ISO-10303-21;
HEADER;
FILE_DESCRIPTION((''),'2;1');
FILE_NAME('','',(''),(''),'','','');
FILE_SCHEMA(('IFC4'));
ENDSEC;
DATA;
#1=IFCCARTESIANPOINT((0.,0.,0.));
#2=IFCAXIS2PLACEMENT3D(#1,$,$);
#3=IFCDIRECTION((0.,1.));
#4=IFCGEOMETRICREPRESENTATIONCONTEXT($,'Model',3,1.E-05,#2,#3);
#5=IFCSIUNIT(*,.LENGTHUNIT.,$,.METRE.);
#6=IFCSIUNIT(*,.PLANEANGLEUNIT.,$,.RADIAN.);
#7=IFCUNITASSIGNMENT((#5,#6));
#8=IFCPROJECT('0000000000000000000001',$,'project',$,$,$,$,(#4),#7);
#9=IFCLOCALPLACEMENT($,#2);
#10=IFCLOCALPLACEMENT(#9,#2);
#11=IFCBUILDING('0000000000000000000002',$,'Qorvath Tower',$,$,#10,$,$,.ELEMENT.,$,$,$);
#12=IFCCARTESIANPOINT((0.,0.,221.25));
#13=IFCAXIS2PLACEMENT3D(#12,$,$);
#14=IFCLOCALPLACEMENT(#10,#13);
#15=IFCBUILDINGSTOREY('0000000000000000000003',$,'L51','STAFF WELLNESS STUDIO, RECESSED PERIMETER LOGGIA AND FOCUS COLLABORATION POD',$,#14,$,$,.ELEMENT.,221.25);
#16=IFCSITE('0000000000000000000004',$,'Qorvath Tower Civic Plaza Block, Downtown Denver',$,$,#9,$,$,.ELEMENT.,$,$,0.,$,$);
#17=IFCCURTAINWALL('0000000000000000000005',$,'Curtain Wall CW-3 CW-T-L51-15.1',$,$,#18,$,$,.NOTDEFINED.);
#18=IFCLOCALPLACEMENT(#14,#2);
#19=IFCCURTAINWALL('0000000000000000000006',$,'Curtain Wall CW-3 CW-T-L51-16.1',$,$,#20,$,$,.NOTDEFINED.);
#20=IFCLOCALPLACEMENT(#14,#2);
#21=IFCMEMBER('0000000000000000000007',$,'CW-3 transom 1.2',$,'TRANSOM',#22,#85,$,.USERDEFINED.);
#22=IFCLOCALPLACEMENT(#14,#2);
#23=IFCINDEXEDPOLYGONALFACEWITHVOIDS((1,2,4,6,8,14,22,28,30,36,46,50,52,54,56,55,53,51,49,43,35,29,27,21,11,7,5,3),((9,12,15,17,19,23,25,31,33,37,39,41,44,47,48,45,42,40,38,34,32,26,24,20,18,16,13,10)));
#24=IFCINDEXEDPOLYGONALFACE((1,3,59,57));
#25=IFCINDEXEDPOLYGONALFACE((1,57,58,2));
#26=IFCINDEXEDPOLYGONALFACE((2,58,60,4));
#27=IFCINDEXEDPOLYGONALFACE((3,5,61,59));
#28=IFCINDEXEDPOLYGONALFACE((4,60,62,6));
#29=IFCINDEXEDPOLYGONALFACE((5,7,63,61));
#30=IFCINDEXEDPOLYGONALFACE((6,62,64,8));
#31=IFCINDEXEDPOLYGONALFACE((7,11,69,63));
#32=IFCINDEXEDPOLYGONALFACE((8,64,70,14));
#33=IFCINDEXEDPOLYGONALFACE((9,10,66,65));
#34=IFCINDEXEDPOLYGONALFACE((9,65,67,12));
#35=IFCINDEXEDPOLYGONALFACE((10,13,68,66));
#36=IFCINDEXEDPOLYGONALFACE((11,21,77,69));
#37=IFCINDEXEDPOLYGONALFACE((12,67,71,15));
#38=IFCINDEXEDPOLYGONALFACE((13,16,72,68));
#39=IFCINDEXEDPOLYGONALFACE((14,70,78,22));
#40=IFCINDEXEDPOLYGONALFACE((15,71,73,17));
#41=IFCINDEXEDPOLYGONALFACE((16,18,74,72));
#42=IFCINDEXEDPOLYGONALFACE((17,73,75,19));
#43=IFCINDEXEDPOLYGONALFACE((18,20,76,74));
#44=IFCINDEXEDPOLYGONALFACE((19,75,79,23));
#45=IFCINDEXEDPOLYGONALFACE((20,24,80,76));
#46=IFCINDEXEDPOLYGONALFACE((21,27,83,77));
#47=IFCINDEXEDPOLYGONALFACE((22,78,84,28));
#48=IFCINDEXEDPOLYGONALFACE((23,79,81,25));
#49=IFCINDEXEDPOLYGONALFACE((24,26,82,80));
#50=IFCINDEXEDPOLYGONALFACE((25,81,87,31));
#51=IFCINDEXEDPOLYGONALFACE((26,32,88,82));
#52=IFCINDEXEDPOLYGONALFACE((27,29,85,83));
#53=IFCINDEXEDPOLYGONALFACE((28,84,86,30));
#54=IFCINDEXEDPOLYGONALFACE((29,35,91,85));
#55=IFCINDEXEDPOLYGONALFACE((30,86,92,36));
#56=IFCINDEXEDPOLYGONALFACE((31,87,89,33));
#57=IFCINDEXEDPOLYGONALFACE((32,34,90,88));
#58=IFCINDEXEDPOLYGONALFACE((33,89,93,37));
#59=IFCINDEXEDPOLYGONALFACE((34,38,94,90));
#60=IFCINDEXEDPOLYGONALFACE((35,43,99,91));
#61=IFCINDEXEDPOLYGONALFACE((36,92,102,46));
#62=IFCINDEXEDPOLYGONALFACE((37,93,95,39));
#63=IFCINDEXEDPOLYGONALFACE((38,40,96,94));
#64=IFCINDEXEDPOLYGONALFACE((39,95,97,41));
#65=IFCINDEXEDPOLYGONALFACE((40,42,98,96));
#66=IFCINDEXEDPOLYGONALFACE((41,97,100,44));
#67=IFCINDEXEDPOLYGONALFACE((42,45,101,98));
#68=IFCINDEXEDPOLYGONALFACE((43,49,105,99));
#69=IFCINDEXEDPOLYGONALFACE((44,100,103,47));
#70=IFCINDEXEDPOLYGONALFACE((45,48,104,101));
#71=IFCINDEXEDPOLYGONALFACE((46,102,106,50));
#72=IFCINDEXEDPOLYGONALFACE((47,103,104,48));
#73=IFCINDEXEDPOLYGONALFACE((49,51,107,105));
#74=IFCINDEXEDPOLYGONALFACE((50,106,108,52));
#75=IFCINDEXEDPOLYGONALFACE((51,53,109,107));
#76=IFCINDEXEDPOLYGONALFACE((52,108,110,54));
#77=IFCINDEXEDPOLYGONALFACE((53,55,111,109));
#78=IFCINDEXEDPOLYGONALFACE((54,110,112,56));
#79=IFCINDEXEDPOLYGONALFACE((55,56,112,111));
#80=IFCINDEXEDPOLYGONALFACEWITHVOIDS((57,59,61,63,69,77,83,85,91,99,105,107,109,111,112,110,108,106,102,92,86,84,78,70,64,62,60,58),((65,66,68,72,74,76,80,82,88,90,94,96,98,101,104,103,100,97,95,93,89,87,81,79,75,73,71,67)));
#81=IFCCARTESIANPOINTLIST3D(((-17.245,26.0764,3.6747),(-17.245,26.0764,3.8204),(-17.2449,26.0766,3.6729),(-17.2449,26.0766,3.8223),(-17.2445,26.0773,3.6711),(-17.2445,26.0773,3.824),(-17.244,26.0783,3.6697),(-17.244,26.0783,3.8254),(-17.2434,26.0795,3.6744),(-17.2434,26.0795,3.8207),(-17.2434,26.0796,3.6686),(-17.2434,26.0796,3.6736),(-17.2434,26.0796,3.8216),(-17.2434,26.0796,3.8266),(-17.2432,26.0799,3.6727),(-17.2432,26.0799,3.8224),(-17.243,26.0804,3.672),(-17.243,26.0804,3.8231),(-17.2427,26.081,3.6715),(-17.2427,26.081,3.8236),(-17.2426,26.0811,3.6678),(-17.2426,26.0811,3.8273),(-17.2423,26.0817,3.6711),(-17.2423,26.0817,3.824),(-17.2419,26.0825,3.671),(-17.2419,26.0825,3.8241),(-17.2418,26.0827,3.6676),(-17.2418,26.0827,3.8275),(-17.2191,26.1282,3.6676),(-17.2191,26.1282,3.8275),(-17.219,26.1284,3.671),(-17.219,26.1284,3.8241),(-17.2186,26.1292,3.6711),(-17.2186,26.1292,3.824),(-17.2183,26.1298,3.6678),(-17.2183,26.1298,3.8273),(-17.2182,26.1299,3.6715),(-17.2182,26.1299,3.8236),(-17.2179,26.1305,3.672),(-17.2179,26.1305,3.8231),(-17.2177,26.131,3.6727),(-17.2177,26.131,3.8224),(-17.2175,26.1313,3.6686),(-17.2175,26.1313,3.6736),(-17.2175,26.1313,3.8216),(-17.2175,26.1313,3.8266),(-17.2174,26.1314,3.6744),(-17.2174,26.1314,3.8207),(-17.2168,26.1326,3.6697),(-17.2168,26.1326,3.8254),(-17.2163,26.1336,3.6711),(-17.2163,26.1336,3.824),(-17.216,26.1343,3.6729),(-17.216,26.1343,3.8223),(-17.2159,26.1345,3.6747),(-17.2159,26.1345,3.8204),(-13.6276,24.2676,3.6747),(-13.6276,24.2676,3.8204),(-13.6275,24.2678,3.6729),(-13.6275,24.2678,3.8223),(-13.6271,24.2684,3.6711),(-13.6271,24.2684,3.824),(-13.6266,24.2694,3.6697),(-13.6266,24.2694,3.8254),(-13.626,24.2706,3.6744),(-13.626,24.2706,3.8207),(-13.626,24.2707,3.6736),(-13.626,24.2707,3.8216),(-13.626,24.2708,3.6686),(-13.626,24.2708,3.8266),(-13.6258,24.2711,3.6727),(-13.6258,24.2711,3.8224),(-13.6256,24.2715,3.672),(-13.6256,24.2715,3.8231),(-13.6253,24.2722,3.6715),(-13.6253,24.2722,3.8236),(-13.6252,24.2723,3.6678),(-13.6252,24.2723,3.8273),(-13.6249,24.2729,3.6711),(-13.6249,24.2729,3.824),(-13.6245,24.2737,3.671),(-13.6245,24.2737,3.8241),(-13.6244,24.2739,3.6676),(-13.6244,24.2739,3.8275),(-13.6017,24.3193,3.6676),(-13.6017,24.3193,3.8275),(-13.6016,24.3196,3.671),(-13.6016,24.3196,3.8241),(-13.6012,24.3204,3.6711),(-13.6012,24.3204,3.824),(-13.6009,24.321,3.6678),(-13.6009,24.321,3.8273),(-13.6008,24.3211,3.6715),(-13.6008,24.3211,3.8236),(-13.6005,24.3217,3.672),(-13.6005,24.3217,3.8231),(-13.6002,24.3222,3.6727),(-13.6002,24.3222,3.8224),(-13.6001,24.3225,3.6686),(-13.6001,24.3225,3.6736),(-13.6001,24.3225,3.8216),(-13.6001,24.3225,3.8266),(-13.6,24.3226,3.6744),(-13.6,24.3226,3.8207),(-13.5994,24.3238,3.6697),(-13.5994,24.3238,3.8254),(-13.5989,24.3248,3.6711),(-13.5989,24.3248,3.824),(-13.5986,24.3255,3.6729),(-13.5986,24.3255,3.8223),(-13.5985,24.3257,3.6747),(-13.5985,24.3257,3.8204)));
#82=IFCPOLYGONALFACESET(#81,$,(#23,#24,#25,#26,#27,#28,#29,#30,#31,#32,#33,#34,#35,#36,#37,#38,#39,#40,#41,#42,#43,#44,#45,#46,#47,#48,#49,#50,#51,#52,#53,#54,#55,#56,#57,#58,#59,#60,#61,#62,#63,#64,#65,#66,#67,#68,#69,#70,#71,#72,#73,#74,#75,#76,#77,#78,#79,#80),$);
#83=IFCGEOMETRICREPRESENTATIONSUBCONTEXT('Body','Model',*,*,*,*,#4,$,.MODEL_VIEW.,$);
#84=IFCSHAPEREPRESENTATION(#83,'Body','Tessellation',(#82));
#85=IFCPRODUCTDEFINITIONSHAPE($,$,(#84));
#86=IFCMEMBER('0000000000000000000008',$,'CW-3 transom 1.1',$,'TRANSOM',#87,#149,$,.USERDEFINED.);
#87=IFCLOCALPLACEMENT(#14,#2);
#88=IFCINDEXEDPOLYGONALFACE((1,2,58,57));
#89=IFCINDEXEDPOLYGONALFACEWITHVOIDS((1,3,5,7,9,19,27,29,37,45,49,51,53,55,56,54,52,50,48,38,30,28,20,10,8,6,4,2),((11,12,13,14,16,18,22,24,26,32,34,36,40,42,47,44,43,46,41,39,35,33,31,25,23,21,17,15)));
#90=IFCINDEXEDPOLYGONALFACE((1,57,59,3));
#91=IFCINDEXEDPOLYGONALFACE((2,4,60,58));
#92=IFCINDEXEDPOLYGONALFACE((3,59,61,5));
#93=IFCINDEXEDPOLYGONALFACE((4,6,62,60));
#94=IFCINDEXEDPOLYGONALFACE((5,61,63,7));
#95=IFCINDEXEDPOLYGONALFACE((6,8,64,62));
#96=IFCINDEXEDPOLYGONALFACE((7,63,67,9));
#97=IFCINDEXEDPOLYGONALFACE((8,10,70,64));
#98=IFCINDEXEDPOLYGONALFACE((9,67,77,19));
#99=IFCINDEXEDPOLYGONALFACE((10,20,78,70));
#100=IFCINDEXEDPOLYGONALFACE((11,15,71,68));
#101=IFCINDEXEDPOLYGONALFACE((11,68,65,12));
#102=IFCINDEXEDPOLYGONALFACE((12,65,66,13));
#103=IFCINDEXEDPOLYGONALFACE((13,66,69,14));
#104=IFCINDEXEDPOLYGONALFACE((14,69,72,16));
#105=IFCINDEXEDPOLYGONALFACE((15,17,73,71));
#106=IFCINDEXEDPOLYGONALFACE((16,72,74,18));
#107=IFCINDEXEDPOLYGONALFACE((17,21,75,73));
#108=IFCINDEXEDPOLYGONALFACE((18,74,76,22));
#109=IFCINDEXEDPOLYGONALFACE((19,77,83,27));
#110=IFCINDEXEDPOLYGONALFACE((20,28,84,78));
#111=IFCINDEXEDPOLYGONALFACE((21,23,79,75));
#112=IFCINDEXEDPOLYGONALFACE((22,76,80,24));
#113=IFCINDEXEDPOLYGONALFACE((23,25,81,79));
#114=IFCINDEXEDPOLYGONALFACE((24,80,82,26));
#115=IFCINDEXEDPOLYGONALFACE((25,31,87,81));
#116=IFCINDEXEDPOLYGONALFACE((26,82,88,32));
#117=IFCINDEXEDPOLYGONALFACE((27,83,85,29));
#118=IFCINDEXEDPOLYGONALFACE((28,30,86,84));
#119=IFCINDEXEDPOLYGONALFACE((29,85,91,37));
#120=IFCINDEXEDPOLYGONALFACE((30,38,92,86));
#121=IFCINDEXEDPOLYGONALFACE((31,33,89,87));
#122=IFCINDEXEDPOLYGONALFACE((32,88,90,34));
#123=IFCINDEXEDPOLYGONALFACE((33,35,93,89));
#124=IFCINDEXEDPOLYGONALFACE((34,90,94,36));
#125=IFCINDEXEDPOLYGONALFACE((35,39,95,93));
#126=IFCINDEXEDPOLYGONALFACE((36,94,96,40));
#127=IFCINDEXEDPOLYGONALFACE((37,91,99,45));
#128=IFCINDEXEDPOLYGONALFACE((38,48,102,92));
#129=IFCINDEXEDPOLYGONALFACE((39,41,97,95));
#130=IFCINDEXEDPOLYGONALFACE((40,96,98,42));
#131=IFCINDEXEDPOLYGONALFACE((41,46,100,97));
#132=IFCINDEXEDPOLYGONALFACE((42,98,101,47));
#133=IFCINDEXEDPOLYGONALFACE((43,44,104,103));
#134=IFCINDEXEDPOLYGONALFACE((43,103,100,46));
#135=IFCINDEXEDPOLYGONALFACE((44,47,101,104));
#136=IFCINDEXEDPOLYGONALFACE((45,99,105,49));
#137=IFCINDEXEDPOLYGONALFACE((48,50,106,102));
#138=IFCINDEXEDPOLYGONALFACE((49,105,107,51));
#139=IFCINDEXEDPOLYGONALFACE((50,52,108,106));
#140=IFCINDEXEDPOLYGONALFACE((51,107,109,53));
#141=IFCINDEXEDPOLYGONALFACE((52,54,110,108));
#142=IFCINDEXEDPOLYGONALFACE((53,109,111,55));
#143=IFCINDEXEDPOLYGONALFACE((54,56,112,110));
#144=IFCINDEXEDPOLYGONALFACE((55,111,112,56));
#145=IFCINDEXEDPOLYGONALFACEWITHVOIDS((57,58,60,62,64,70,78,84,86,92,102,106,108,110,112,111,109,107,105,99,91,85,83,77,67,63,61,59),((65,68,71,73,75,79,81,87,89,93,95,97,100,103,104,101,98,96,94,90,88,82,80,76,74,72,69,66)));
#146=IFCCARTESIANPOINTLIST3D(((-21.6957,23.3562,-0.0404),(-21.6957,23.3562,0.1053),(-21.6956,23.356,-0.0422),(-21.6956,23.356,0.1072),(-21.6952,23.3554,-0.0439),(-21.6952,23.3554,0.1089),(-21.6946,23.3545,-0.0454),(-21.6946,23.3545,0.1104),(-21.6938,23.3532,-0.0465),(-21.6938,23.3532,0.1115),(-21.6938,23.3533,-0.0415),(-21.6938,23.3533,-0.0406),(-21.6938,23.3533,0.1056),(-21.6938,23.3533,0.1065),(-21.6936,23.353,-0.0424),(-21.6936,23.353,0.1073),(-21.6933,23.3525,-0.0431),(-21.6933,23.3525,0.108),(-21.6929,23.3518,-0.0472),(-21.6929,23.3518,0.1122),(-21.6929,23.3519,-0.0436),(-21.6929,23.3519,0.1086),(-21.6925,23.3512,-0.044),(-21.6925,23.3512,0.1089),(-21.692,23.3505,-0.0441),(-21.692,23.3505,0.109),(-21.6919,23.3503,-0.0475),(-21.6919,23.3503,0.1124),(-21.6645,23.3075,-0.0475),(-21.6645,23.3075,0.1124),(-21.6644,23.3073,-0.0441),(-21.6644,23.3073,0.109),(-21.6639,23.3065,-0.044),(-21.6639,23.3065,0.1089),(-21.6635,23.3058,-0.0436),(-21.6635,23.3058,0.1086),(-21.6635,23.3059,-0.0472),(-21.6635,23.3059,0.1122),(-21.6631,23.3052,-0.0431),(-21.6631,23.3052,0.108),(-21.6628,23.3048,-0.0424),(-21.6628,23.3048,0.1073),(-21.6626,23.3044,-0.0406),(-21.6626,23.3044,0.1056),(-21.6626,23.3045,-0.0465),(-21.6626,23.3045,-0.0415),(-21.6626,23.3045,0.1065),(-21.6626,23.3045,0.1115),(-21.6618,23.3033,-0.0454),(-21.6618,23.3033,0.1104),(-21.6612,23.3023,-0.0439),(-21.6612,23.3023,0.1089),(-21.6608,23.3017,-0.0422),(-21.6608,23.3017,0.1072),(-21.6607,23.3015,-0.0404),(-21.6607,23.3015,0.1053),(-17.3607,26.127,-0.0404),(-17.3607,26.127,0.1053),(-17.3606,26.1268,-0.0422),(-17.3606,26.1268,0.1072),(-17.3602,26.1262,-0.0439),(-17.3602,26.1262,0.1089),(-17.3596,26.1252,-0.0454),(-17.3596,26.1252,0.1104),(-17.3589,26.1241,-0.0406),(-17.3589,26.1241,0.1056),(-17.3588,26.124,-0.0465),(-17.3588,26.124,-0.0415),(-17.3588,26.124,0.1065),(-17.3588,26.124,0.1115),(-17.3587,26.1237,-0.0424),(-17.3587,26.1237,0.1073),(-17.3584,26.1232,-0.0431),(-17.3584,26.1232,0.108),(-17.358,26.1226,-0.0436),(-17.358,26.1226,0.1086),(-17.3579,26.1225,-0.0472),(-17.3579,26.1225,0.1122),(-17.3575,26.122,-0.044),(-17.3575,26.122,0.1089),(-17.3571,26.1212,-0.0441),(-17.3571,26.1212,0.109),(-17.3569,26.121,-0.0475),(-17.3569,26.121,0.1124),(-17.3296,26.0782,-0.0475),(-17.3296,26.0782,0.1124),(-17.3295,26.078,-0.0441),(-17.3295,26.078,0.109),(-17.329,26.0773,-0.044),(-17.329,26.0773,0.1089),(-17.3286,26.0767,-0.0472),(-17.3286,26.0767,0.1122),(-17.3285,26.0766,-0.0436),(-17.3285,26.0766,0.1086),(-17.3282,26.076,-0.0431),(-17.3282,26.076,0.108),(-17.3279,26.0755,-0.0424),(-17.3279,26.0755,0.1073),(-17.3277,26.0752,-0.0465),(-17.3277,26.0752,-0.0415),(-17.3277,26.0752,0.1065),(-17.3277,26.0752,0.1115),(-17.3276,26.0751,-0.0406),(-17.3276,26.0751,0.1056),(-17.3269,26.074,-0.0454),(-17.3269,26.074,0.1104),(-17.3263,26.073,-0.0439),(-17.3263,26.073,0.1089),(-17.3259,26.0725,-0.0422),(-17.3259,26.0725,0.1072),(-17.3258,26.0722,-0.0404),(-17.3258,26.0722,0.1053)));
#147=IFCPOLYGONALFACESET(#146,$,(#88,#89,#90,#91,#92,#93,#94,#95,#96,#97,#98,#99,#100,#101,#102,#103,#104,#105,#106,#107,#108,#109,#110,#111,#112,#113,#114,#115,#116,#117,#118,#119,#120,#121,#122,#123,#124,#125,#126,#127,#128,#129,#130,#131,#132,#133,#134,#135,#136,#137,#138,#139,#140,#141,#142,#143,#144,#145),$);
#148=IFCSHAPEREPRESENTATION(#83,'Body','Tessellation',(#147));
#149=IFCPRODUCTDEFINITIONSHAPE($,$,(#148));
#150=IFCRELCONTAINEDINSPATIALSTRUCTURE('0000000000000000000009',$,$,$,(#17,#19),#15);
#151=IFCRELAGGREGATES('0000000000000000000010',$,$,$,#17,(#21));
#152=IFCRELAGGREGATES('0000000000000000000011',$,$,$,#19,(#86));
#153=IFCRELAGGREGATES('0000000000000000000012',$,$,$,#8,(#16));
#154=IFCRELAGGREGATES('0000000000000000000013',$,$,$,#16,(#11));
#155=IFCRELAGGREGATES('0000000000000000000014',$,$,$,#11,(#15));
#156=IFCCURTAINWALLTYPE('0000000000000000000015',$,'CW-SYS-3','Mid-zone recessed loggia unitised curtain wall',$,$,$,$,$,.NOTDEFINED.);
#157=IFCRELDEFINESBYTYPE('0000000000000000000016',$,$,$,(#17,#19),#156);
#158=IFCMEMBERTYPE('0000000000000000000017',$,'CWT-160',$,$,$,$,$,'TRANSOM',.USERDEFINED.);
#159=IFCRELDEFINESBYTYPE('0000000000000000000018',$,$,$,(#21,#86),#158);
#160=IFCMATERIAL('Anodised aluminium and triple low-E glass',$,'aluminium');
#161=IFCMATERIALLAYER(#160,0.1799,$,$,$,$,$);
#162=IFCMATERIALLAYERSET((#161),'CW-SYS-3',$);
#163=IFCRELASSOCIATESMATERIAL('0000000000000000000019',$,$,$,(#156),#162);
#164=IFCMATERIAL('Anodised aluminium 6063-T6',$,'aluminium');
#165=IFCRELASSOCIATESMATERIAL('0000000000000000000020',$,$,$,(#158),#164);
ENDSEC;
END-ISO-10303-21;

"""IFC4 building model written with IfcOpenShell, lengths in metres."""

from ifc_helpers import new_model, si_unit, direction, frame, origin, origin_2d, place, context, subcontext, project, spatial, hollow_rectangle, extrude, material, layer, layer_set, material_profile, profile_set, type_object, element, aggregate, save


model = new_model("IFC4")

# Units and contexts
model_context = context("Model", 3, precision=1e-05, world=origin(), true_north=direction((0.0, 1.0)))
body_context = subcontext(model_context, "Body", "Model", "MODEL_VIEW")
ifc_project = project(units=[si_unit("LENGTHUNIT", "METRE"), si_unit("PLANEANGLEUNIT", "RADIAN")], contexts=[model_context])

# Site, building, storey
site_placement = place(None, origin())
site = spatial("IfcSite", under=ifc_project, at=site_placement, Name="Qorvath Tower Civic Plaza Block, Downtown Denver", CompositionType="ELEMENT", RefElevation=0.0)
building_placement = place(site_placement, origin())
building = spatial("IfcBuilding", under=site, at=building_placement, Name="Qorvath Tower", CompositionType="ELEMENT")
storey_placement = place(building_placement, frame((0.0, 0.0, 221.25)))
storey = spatial("IfcBuildingStorey", under=building, at=storey_placement, Name="L51", Description="STAFF WELLNESS STUDIO, RECESSED PERIMETER LOGGIA AND FOCUS COLLABORATION POD", CompositionType="ELEMENT", Elevation=221.25)

# Curtain wall
ifc_material_1 = material(Name="Anodised aluminium and triple low-E glass", Category="aluminium")
ifc_layer_1 = layer(ifc_material_1, 0.1799)
ifc_layer_set_1 = layer_set([ifc_layer_1], Name="CW-SYS-3")
curtain_wall_type = type_object("IfcCurtainWallType", Name="CW-SYS-3", Description="Mid-zone recessed loggia unitised curtain wall", PredefinedType="NOTDEFINED", material=ifc_layer_set_1)
curtain_wall_1_placement = place(storey_placement, origin())
curtain_wall_1 = element("IfcCurtainWall", 1, at=curtain_wall_1_placement, inside=storey, type_object=curtain_wall_type, Name="Curtain Wall CW-3 CW-T-L51-15.1", PredefinedType="NOTDEFINED")

# Curtain wall
curtain_wall_2_placement = place(storey_placement, origin())
curtain_wall_2 = element("IfcCurtainWall", 2, at=curtain_wall_2_placement, inside=storey, type_object=curtain_wall_type, Name="Curtain Wall CW-3 CW-T-L51-16.1", PredefinedType="NOTDEFINED")

# Members
ifc_material_2 = material(Name="Anodised aluminium 6063-T6", Category="aluminium")
ifc_material_profile_1 = material_profile(ifc_material_2, hollow_rectangle(XDim=0.0649, YDim=0.1599, WallThickness=0.0034, InnerFilletRadius=0.0034, OuterFilletRadius=0.0071, at=origin_2d()), Name="CWT 160x65")
ifc_profile_set_1 = profile_set([ifc_material_profile_1], Name="Anodised aluminium 6063-T6")
member_type_1 = type_object("IfcMemberType", Name="CWT-160", ElementType="TRANSOM", PredefinedType="USERDEFINED", material=ifc_profile_set_1)
member_1_placement = place(storey_placement, frame((-13.613, 24.2966, 3.7476), z_axis=(-0.894415, 0.447238, 0.0), x_axis=(-0.447238, -0.894415, 0.0)))
member_1 = element("IfcMember", 3, at=member_1_placement, type_object=member_type_1, Name="CW-3 transom 1.2", ObjectType="TRANSOM", PredefinedType="USERDEFINED", context=body_context, shape_type="SweptSolid", body=[
    extrude(hollow_rectangle(XDim=0.0649, YDim=0.1599, WallThickness=0.0034, InnerFilletRadius=0.0034, OuterFilletRadius=0.0071, at=origin_2d()), origin(), (0.0, 0.0, 1.0), 4.0444),
])
member_2_placement = place(storey_placement, frame((-17.3433, 26.0996, 0.0325), z_axis=(-0.842591, -0.538554, 0.0), x_axis=(0.538554, -0.842591, 0.0)))
member_2 = element("IfcMember", 4, at=member_2_placement, type_object=member_type_1, Name="CW-3 transom 1.1", ObjectType="TRANSOM", PredefinedType="USERDEFINED", context=body_context, shape_type="SweptSolid", body=[
    extrude(hollow_rectangle(XDim=0.0649, YDim=0.1599, WallThickness=0.0034, InnerFilletRadius=0.0034, OuterFilletRadius=0.0071, at=origin_2d()), origin(), (0.0, 0.0, 1.0), 5.1448),
])

aggregate(curtain_wall_1, [member_1])
aggregate(curtain_wall_2, [member_2])

save(model, "model.ifc")
